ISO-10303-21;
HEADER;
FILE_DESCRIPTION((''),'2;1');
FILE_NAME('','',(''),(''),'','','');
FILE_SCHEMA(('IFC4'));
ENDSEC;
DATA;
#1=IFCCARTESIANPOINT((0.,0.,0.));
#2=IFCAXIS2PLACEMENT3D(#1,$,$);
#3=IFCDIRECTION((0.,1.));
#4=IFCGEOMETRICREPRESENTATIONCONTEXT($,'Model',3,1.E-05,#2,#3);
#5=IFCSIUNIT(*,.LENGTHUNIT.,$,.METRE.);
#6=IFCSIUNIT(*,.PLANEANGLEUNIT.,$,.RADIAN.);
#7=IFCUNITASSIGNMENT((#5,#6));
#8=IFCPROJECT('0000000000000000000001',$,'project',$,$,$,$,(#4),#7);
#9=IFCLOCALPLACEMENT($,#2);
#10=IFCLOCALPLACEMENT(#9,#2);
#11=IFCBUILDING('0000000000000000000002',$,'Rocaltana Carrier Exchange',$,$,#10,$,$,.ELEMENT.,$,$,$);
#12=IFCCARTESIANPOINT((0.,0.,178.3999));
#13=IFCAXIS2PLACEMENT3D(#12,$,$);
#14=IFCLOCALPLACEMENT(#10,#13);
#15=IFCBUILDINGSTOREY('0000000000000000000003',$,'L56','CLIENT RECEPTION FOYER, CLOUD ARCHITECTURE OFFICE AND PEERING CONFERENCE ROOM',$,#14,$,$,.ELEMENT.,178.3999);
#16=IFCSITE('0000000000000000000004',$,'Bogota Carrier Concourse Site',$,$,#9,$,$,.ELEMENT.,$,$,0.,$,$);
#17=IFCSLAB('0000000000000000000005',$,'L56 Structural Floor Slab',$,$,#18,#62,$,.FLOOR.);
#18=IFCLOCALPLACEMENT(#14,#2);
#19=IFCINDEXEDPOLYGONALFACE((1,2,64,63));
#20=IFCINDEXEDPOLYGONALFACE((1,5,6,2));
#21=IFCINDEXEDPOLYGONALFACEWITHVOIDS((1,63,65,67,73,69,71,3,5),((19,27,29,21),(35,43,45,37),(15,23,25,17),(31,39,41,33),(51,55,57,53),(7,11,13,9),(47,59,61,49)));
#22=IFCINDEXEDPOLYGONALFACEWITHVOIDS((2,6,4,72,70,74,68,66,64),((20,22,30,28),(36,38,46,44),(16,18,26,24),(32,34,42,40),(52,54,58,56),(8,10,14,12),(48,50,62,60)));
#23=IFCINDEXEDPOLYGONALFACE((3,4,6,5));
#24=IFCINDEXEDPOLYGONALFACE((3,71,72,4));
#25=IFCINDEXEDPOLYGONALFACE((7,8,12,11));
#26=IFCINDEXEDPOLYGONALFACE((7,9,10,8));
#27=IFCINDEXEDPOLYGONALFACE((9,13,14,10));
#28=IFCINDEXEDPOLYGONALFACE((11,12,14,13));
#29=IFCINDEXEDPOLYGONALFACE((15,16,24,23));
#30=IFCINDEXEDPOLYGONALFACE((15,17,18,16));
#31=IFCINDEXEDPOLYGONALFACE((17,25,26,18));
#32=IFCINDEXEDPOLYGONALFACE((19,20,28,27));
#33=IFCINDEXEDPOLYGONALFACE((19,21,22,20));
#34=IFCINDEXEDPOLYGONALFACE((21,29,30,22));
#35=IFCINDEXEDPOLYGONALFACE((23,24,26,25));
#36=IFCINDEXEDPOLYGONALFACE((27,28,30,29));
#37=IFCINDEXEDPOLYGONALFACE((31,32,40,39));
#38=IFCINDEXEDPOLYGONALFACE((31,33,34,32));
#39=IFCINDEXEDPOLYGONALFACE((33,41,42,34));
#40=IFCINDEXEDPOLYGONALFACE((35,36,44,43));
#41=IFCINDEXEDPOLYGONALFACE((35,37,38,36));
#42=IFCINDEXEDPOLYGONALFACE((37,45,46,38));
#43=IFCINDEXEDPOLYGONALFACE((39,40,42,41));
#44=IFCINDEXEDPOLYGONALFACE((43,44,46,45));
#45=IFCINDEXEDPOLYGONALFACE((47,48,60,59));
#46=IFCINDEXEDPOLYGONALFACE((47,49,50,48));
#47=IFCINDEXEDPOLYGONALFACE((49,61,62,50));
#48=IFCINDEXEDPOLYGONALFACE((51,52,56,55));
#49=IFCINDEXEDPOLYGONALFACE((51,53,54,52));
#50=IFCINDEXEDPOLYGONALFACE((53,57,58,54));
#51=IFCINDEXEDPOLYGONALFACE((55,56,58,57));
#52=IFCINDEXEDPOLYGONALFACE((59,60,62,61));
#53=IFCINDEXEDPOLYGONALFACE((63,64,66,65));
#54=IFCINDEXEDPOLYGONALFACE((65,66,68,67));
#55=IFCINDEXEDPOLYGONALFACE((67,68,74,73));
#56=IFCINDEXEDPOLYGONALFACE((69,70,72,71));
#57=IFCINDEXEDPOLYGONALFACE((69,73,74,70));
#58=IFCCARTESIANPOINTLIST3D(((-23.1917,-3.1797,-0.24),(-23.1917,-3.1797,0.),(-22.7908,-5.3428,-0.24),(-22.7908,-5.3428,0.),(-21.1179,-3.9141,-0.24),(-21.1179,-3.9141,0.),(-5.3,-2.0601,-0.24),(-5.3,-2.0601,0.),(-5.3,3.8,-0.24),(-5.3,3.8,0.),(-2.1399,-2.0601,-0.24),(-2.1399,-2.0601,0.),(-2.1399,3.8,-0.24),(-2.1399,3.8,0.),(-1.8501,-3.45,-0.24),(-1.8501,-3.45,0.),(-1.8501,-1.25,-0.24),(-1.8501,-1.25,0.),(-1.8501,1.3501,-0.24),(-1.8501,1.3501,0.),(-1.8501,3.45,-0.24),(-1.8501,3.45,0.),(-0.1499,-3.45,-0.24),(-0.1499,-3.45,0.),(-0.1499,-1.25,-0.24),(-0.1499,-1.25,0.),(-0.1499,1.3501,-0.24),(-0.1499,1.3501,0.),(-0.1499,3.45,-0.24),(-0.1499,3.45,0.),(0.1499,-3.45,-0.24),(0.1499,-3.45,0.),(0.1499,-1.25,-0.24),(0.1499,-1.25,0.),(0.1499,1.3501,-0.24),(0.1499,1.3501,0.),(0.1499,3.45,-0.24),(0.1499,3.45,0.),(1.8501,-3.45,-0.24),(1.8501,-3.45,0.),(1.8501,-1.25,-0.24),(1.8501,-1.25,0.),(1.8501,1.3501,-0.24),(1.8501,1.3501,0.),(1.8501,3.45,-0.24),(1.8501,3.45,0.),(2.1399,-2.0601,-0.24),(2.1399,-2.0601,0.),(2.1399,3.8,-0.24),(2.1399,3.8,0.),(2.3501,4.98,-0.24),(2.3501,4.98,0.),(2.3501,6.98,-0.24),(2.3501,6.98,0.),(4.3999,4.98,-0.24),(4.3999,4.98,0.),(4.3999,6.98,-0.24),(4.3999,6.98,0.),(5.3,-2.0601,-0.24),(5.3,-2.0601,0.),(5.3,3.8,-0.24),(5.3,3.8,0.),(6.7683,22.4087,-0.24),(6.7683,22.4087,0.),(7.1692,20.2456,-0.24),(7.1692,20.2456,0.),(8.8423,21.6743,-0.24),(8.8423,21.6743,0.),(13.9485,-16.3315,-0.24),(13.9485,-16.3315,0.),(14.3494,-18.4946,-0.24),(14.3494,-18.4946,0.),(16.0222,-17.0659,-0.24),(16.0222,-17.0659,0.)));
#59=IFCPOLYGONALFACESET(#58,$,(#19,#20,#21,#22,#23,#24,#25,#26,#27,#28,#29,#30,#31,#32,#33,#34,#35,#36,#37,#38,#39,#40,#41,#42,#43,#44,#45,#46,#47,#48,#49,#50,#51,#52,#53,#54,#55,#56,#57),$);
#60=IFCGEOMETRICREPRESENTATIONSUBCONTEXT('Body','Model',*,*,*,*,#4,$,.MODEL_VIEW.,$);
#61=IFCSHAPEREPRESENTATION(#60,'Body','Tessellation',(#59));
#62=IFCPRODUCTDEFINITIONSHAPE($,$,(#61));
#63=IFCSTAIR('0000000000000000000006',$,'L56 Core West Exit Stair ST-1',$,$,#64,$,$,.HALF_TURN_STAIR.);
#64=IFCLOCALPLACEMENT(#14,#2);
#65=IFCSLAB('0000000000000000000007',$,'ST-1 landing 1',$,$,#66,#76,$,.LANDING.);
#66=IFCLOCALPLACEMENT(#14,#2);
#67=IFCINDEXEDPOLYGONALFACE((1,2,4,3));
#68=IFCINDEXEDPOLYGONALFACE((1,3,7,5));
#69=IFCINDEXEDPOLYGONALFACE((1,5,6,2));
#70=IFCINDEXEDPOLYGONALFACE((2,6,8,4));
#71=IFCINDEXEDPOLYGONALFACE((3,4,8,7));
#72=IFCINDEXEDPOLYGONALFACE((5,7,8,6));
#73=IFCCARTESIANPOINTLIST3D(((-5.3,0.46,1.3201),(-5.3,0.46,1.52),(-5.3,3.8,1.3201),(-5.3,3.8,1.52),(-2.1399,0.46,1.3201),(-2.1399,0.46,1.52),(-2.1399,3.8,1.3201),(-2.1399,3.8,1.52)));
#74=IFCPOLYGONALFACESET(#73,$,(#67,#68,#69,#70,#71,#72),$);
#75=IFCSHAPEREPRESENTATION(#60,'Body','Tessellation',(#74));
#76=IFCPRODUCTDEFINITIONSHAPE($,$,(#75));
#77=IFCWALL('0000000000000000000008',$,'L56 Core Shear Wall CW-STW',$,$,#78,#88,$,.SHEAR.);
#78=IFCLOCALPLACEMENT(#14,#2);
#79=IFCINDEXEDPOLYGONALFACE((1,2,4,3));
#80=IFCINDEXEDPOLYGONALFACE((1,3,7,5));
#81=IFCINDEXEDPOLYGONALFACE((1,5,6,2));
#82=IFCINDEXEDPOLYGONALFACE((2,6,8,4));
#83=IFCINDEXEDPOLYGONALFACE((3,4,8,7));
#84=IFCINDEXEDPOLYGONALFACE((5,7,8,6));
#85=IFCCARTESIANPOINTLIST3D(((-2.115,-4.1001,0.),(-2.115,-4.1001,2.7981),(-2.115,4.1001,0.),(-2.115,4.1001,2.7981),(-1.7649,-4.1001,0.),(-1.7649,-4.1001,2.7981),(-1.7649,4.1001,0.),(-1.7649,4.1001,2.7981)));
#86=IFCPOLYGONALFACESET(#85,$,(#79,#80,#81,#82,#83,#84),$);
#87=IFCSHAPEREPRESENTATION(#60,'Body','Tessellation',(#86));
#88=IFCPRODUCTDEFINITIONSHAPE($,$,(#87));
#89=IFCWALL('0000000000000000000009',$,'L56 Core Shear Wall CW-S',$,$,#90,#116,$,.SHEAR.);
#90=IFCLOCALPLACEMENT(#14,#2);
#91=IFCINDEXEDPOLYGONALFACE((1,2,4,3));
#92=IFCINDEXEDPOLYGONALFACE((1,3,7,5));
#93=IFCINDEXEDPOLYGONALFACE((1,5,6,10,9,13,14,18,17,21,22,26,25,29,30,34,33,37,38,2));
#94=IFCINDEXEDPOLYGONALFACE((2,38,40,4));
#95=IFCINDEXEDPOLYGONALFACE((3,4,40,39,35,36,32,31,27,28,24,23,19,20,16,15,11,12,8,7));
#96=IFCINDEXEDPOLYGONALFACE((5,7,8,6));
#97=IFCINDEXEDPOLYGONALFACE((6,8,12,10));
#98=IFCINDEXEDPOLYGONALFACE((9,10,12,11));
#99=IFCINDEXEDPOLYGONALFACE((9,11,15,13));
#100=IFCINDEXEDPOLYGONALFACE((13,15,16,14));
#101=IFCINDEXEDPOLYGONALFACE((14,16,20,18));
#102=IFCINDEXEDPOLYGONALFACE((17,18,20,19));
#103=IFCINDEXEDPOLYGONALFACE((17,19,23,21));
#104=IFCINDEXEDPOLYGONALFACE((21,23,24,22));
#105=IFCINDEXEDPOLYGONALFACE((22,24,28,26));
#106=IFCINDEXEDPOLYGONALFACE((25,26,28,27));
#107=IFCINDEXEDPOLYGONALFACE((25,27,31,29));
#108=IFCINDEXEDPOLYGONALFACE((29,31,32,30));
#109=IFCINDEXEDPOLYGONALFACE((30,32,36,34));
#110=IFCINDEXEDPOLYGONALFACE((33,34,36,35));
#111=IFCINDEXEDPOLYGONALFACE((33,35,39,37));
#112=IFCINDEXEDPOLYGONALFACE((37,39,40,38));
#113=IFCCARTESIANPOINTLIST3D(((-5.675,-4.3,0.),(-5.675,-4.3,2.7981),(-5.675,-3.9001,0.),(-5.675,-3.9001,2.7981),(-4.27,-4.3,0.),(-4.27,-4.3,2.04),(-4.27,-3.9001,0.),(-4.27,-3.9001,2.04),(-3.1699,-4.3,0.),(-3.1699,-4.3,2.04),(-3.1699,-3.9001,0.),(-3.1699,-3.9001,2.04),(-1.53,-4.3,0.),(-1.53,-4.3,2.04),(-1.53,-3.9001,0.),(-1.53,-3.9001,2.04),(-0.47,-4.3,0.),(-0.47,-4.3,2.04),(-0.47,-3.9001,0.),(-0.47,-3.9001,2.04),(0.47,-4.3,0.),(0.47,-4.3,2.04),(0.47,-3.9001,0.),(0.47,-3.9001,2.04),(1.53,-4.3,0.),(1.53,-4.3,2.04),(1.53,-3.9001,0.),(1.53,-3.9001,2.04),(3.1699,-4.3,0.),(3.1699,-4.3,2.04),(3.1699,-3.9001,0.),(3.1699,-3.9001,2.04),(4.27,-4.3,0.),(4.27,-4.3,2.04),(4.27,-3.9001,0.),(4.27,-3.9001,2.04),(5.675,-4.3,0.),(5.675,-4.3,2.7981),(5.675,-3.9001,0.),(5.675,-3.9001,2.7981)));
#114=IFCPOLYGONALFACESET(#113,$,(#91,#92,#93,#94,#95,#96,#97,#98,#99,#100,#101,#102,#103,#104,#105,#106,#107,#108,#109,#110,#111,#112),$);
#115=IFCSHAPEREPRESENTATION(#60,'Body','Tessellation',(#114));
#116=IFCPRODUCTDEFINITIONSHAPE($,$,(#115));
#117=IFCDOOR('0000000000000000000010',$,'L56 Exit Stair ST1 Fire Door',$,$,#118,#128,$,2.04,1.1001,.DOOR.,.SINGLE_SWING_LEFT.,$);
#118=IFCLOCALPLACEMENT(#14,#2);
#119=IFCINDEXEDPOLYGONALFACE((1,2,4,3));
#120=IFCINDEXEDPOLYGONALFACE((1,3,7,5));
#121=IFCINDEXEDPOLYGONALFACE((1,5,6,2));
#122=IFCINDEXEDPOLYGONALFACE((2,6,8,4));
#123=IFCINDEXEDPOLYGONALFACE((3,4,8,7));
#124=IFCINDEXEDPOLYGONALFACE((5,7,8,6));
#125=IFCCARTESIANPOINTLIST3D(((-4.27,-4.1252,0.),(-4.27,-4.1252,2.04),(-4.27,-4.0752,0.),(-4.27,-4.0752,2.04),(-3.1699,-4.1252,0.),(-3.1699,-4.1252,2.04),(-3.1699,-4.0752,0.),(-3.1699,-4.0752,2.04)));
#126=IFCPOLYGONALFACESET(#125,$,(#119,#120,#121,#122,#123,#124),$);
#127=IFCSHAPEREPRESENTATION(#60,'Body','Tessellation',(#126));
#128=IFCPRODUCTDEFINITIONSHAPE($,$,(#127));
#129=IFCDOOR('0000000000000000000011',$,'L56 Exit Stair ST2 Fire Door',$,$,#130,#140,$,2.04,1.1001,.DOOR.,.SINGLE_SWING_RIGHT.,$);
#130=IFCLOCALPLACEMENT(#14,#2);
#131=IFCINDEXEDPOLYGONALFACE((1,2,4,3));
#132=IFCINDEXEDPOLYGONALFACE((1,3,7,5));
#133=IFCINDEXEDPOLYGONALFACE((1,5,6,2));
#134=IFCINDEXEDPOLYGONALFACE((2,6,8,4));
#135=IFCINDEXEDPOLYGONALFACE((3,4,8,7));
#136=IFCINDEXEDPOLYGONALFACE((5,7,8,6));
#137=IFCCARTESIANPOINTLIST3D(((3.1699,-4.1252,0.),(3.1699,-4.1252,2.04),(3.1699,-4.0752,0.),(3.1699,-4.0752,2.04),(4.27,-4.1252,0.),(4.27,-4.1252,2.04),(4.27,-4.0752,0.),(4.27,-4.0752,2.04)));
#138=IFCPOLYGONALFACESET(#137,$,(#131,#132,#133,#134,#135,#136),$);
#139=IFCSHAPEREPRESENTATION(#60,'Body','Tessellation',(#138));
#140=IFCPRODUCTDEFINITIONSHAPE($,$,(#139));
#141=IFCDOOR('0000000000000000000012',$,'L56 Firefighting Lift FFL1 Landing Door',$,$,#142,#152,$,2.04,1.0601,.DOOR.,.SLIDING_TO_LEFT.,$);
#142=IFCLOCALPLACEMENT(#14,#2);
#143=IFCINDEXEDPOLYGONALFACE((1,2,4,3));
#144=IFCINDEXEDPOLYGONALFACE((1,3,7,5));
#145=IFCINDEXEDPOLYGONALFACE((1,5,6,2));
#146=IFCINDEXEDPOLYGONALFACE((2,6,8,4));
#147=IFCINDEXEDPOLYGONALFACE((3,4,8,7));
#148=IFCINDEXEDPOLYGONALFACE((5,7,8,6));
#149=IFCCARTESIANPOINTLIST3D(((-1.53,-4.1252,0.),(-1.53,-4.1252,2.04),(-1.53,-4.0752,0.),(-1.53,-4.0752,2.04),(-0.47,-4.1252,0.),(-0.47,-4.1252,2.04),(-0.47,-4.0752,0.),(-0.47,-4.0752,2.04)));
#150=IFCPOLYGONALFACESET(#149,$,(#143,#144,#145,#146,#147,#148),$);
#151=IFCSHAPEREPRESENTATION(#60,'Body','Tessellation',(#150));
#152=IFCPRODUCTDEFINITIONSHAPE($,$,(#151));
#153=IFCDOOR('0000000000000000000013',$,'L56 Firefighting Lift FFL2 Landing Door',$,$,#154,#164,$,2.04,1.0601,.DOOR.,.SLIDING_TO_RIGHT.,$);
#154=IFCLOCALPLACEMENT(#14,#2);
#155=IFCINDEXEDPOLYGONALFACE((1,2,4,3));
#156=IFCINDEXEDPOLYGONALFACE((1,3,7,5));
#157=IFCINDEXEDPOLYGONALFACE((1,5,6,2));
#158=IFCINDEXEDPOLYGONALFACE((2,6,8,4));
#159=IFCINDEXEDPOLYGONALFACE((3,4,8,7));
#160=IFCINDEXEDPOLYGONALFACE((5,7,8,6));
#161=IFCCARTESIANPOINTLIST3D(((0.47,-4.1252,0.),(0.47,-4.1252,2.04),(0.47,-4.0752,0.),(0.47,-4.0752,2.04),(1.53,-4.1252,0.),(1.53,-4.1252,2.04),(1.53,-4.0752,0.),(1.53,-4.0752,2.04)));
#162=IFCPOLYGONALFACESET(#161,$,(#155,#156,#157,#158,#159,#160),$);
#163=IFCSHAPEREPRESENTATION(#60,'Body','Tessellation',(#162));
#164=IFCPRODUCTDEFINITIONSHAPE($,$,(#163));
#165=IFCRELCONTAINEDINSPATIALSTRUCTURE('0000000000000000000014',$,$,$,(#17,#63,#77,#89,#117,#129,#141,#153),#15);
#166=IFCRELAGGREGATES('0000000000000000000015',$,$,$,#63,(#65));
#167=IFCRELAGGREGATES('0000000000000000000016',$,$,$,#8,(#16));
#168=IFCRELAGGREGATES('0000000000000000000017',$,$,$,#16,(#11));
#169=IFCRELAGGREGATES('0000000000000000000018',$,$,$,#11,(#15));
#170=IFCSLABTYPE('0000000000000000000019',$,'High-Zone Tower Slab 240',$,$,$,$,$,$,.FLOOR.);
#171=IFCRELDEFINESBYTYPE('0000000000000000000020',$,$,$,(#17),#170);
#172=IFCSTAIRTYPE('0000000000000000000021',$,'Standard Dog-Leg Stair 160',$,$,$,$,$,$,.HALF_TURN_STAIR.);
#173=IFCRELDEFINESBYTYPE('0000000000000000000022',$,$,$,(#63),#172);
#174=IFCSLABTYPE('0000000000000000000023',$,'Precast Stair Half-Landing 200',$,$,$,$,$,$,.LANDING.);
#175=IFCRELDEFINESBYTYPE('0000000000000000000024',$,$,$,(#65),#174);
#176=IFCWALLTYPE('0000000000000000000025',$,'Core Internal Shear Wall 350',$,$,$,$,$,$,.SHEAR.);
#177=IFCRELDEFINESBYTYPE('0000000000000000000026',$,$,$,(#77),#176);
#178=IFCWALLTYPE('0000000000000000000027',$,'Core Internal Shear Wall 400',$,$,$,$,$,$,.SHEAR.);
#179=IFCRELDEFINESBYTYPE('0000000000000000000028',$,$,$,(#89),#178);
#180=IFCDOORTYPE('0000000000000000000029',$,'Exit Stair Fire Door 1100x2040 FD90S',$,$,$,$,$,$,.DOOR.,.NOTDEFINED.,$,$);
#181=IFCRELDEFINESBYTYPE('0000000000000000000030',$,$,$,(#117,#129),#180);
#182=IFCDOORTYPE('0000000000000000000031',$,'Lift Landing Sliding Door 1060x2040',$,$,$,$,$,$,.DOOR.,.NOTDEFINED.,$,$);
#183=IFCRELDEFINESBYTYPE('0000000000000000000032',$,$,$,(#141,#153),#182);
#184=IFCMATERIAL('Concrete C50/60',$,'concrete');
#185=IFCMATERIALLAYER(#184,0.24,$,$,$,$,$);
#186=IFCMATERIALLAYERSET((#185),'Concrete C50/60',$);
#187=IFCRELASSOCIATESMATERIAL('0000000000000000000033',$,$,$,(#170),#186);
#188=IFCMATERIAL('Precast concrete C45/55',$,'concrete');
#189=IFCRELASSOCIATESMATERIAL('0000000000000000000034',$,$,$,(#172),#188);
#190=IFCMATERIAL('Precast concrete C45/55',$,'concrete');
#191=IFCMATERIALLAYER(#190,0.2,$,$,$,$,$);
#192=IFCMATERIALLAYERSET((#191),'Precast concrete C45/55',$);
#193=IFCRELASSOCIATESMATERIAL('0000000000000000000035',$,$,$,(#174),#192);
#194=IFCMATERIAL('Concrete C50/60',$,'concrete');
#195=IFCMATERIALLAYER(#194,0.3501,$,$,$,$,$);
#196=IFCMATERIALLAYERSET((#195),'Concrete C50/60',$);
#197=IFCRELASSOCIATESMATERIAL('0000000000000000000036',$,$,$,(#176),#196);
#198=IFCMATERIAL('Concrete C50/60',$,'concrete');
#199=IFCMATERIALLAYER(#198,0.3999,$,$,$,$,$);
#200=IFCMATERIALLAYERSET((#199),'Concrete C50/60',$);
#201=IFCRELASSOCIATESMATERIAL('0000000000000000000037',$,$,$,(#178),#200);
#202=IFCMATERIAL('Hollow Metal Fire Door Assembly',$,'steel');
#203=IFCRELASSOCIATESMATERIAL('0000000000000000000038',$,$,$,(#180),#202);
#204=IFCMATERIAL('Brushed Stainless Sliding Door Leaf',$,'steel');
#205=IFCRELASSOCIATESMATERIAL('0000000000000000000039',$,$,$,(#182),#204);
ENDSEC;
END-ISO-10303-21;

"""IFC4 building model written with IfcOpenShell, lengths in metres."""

from ifc_helpers import new_model, si_unit, direction, frame, frame_2d, origin, place, context, subcontext, project, spatial, polyline, rectangle, outline, extrude, material, layer, layer_set, type_object, element, fill, aggregate, save


model = new_model("IFC4")

# Units and contexts
model_context = context("Model", 3, precision=1e-05, world=origin(), true_north=direction((0.0, 1.0)))
body_context = subcontext(model_context, "Body", "Model", "MODEL_VIEW")
ifc_project = project(units=[si_unit("LENGTHUNIT", "METRE"), si_unit("PLANEANGLEUNIT", "RADIAN")], contexts=[model_context])

# Site, building, storey
site_placement = place(None, origin())
site = spatial("IfcSite", under=ifc_project, at=site_placement, Name="Bogota Carrier Concourse Site", CompositionType="ELEMENT", RefElevation=0.0)
building_placement = place(site_placement, origin())
building = spatial("IfcBuilding", under=site, at=building_placement, Name="Rocaltana Carrier Exchange", CompositionType="ELEMENT")
storey_placement = place(building_placement, frame((0.0, 0.0, 178.3999)))
storey = spatial("IfcBuildingStorey", under=building, at=storey_placement, Name="L56", Description="CLIENT RECEPTION FOYER, CLOUD ARCHITECTURE OFFICE AND PEERING CONFERENCE ROOM", CompositionType="ELEMENT", Elevation=178.3999)

# Slab
ifc_material_1 = material(Name="Concrete C50/60", Category="concrete")
ifc_layer_1 = layer(ifc_material_1, 0.24)
ifc_layer_set_1 = layer_set([ifc_layer_1], Name="Concrete C50/60")
slab_type_1 = type_object("IfcSlabType", Name="High-Zone Tower Slab 240", PredefinedType="FLOOR", material=ifc_layer_set_1)
slab_1_placement = place(storey_placement, frame((0.0, 0.0, -0.24)))
element("IfcSlab", 1, at=slab_1_placement, inside=storey, type_object=slab_type_1, Name="L56 Structural Floor Slab", PredefinedType="FLOOR", context=body_context, shape_type="SweptSolid", body=[
    extrude(outline(polyline([(14.3494, -18.4946), (13.9485, -16.3315), (16.0222, -17.0659), (8.8423, 21.6743), (7.1692, 20.2456), (6.7683, 22.4087), (-23.1917, -3.1797), (-21.1179, -3.9141), (-22.7908, -5.3428), (14.3494, -18.4946)]), holes=[polyline([(-5.3, -2.0601), (-2.1399, -2.0601), (-2.1399, 3.8), (-5.3, 3.8), (-5.3, -2.0601)]), polyline([(2.1399, -2.0601), (5.3, -2.0601), (5.3, 3.8), (2.1399, 3.8), (2.1399, -2.0601)]), polyline([(-1.8501, -3.45), (-0.1499, -3.45), (-0.1499, -1.25), (-1.8501, -1.25), (-1.8501, -3.45)]), polyline([(0.1499, -3.45), (1.8501, -3.45), (1.8501, -1.25), (0.1499, -1.25), (0.1499, -3.45)]), polyline([(2.3501, 4.98), (4.3999, 4.98), (4.3999, 6.98), (2.3501, 6.98), (2.3501, 4.98)]), polyline([(-1.8501, 1.3501), (-0.1499, 1.3501), (-0.1499, 3.45), (-1.8501, 3.45), (-1.8501, 1.3501)]), polyline([(0.1499, 1.3501), (1.8501, 1.3501), (1.8501, 3.45), (0.1499, 3.45), (0.1499, 1.3501)])]), origin(), (0.0, 0.0, 1.0), 0.24),
])

# Stair, slab
ifc_material_2 = material(Name="Precast concrete C45/55", Category="concrete")
stair_type = type_object("IfcStairType", Name="Standard Dog-Leg Stair 160", PredefinedType="HALF_TURN_STAIR", material=ifc_material_2)
stair_placement = place(storey_placement, origin())
stair = element("IfcStair", 2, at=stair_placement, inside=storey, type_object=stair_type, Name="L56 Core West Exit Stair ST-1", PredefinedType="HALF_TURN_STAIR")
ifc_material_3 = material(Name="Precast concrete C45/55", Category="concrete")
ifc_layer_2 = layer(ifc_material_3, 0.2)
ifc_layer_set_2 = layer_set([ifc_layer_2], Name="Precast concrete C45/55")
slab_type_2 = type_object("IfcSlabType", Name="Precast Stair Half-Landing 200", PredefinedType="LANDING", material=ifc_layer_set_2)
slab_2_placement = place(storey_placement, frame((0.0, 0.0, 1.3201)))
slab_2 = element("IfcSlab", 3, at=slab_2_placement, type_object=slab_type_2, Name="ST-1 landing 1", PredefinedType="LANDING", context=body_context, shape_type="SweptSolid", body=[
    extrude(outline(polyline([(-2.1399, 0.46), (-2.1399, 3.8), (-5.3, 3.8), (-5.3, 0.46), (-2.1399, 0.46)])), origin(), (0.0, 0.0, 1.0), 0.2),
])

# Wall
ifc_material_4 = material(Name="Concrete C50/60", Category="concrete")
ifc_layer_3 = layer(ifc_material_4, 0.3501)
ifc_layer_set_3 = layer_set([ifc_layer_3], Name="Concrete C50/60")
wall_type_1 = type_object("IfcWallType", Name="Core Internal Shear Wall 350", PredefinedType="SHEAR", material=ifc_layer_set_3)
wall_1_placement = place(storey_placement, frame((-1.9399, -4.1001, 0.0), z_axis=(0.0, 0.0, 1.0), x_axis=(0.0, 1.0, 0.0)))
element("IfcWall", 4, at=wall_1_placement, inside=storey, type_object=wall_type_1, Name="L56 Core Shear Wall CW-STW", PredefinedType="SHEAR", context=body_context, shape_type="SweptSolid", body=[
    extrude(rectangle(XDim=8.2002, YDim=0.3501, at=frame_2d((4.1001, 0.0))), origin(), (0.0, 0.0, 1.0), 2.7981),
])

# Wall, openings, doors
ifc_material_5 = material(Name="Concrete C50/60", Category="concrete")
ifc_layer_4 = layer(ifc_material_5, 0.3999)
ifc_layer_set_4 = layer_set([ifc_layer_4], Name="Concrete C50/60")
wall_type_2 = type_object("IfcWallType", Name="Core Internal Shear Wall 400", PredefinedType="SHEAR", material=ifc_layer_set_4)
wall_2_placement = place(storey_placement, frame((-5.675, -4.1001, 0.0), z_axis=(0.0, 0.0, 1.0), x_axis=(1.0, 0.0, 0.0)))
wall_2 = element("IfcWall", 5, at=wall_2_placement, inside=storey, type_object=wall_type_2, Name="L56 Core Shear Wall CW-S", PredefinedType="SHEAR", context=body_context, shape_type="SweptSolid", body=[
    extrude(rectangle(XDim=11.3501, YDim=0.3999, at=frame_2d((5.675, 0.0))), origin(), (0.0, 0.0, 1.0), 2.7981),
])
opening_1_placement = place(wall_2_placement, frame((1.405, 0.0, 0.0)))
opening_1 = element("IfcOpeningElement", 6, at=opening_1_placement, cuts=wall_2, PredefinedType="OPENING", context=body_context, shape_type="SweptSolid", body=[
    extrude(rectangle(XDim=1.1001, YDim=2.04, at=frame_2d((0.55, 1.02))), frame((0.0, 0.21, 0.0), z_axis=(0.0, -1.0, 0.0), x_axis=(1.0, 0.0, 0.0)), (0.0, 0.0, 1.0), 0.4199),
])
opening_2_placement = place(wall_2_placement, frame((8.845, 0.0, 0.0)))
opening_2 = element("IfcOpeningElement", 7, at=opening_2_placement, cuts=wall_2, PredefinedType="OPENING", context=body_context, shape_type="SweptSolid", body=[
    extrude(rectangle(XDim=1.1001, YDim=2.04, at=frame_2d((0.55, 1.02))), frame((0.0, 0.21, 0.0), z_axis=(0.0, -1.0, 0.0), x_axis=(1.0, 0.0, 0.0)), (0.0, 0.0, 1.0), 0.4199),
])
opening_3_placement = place(wall_2_placement, frame((4.145, 0.0, 0.0)))
opening_3 = element("IfcOpeningElement", 8, at=opening_3_placement, cuts=wall_2, PredefinedType="OPENING", context=body_context, shape_type="SweptSolid", body=[
    extrude(rectangle(XDim=1.0601, YDim=2.04, at=frame_2d((0.53, 1.02))), frame((0.0, 0.21, 0.0), z_axis=(0.0, -1.0, 0.0), x_axis=(1.0, 0.0, 0.0)), (0.0, 0.0, 1.0), 0.4199),
])
opening_4_placement = place(wall_2_placement, frame((6.145, 0.0, 0.0)))
opening_4 = element("IfcOpeningElement", 9, at=opening_4_placement, cuts=wall_2, PredefinedType="OPENING", context=body_context, shape_type="SweptSolid", body=[
    extrude(rectangle(XDim=1.0601, YDim=2.04, at=frame_2d((0.53, 1.02))), frame((0.0, 0.21, 0.0), z_axis=(0.0, -1.0, 0.0), x_axis=(1.0, 0.0, 0.0)), (0.0, 0.0, 1.0), 0.4199),
])
ifc_material_6 = material(Name="Hollow Metal Fire Door Assembly", Category="steel")
door_type_1 = type_object("IfcDoorType", Name="Exit Stair Fire Door 1100x2040 FD90S", OperationType="NOTDEFINED", PredefinedType="DOOR", material=ifc_material_6)
door_1_placement = place(opening_1_placement, origin())
door_1 = element("IfcDoor", 10, at=door_1_placement, inside=storey, type_object=door_type_1, Name="L56 Exit Stair ST1 Fire Door", OperationType="SINGLE_SWING_LEFT", OverallHeight=2.04, OverallWidth=1.1001, PredefinedType="DOOR", context=body_context, shape_type="SweptSolid", body=[
    extrude(rectangle(XDim=1.1001, YDim=2.04, at=frame_2d((0.55, 1.02))), frame((0.0, 0.0249, 0.0), z_axis=(0.0, -1.0, 0.0), x_axis=(1.0, 0.0, 0.0)), (0.0, 0.0, 1.0), 0.05),
])
fill(opening_1, door_1)
door_2_placement = place(opening_2_placement, origin())
door_2 = element("IfcDoor", 11, at=door_2_placement, inside=storey, type_object=door_type_1, Name="L56 Exit Stair ST2 Fire Door", OperationType="SINGLE_SWING_RIGHT", OverallHeight=2.04, OverallWidth=1.1001, PredefinedType="DOOR", context=body_context, shape_type="SweptSolid", body=[
    extrude(rectangle(XDim=1.1001, YDim=2.04, at=frame_2d((0.55, 1.02))), frame((0.0, 0.0249, 0.0), z_axis=(0.0, -1.0, 0.0), x_axis=(1.0, 0.0, 0.0)), (0.0, 0.0, 1.0), 0.05),
])
fill(opening_2, door_2)
ifc_material_7 = material(Name="Brushed Stainless Sliding Door Leaf", Category="steel")
door_type_2 = type_object("IfcDoorType", Name="Lift Landing Sliding Door 1060x2040", OperationType="NOTDEFINED", PredefinedType="DOOR", material=ifc_material_7)
door_3_placement = place(opening_3_placement, origin())
door_3 = element("IfcDoor", 12, at=door_3_placement, inside=storey, type_object=door_type_2, Name="L56 Firefighting Lift FFL1 Landing Door", OperationType="SLIDING_TO_LEFT", OverallHeight=2.04, OverallWidth=1.0601, PredefinedType="DOOR", context=body_context, shape_type="SweptSolid", body=[
    extrude(rectangle(XDim=1.0601, YDim=2.04, at=frame_2d((0.53, 1.02))), frame((0.0, 0.0249, 0.0), z_axis=(0.0, -1.0, 0.0), x_axis=(1.0, 0.0, 0.0)), (0.0, 0.0, 1.0), 0.05),
])
fill(opening_3, door_3)
door_4_placement = place(opening_4_placement, origin())
door_4 = element("IfcDoor", 13, at=door_4_placement, inside=storey, type_object=door_type_2, Name="L56 Firefighting Lift FFL2 Landing Door", OperationType="SLIDING_TO_RIGHT", OverallHeight=2.04, OverallWidth=1.0601, PredefinedType="DOOR", context=body_context, shape_type="SweptSolid", body=[
    extrude(rectangle(XDim=1.0601, YDim=2.04, at=frame_2d((0.53, 1.02))), frame((0.0, 0.0249, 0.0), z_axis=(0.0, -1.0, 0.0), x_axis=(1.0, 0.0, 0.0)), (0.0, 0.0, 1.0), 0.05),
])
fill(opening_4, door_4)

aggregate(stair, [slab_2])

save(model, "model.ifc")
